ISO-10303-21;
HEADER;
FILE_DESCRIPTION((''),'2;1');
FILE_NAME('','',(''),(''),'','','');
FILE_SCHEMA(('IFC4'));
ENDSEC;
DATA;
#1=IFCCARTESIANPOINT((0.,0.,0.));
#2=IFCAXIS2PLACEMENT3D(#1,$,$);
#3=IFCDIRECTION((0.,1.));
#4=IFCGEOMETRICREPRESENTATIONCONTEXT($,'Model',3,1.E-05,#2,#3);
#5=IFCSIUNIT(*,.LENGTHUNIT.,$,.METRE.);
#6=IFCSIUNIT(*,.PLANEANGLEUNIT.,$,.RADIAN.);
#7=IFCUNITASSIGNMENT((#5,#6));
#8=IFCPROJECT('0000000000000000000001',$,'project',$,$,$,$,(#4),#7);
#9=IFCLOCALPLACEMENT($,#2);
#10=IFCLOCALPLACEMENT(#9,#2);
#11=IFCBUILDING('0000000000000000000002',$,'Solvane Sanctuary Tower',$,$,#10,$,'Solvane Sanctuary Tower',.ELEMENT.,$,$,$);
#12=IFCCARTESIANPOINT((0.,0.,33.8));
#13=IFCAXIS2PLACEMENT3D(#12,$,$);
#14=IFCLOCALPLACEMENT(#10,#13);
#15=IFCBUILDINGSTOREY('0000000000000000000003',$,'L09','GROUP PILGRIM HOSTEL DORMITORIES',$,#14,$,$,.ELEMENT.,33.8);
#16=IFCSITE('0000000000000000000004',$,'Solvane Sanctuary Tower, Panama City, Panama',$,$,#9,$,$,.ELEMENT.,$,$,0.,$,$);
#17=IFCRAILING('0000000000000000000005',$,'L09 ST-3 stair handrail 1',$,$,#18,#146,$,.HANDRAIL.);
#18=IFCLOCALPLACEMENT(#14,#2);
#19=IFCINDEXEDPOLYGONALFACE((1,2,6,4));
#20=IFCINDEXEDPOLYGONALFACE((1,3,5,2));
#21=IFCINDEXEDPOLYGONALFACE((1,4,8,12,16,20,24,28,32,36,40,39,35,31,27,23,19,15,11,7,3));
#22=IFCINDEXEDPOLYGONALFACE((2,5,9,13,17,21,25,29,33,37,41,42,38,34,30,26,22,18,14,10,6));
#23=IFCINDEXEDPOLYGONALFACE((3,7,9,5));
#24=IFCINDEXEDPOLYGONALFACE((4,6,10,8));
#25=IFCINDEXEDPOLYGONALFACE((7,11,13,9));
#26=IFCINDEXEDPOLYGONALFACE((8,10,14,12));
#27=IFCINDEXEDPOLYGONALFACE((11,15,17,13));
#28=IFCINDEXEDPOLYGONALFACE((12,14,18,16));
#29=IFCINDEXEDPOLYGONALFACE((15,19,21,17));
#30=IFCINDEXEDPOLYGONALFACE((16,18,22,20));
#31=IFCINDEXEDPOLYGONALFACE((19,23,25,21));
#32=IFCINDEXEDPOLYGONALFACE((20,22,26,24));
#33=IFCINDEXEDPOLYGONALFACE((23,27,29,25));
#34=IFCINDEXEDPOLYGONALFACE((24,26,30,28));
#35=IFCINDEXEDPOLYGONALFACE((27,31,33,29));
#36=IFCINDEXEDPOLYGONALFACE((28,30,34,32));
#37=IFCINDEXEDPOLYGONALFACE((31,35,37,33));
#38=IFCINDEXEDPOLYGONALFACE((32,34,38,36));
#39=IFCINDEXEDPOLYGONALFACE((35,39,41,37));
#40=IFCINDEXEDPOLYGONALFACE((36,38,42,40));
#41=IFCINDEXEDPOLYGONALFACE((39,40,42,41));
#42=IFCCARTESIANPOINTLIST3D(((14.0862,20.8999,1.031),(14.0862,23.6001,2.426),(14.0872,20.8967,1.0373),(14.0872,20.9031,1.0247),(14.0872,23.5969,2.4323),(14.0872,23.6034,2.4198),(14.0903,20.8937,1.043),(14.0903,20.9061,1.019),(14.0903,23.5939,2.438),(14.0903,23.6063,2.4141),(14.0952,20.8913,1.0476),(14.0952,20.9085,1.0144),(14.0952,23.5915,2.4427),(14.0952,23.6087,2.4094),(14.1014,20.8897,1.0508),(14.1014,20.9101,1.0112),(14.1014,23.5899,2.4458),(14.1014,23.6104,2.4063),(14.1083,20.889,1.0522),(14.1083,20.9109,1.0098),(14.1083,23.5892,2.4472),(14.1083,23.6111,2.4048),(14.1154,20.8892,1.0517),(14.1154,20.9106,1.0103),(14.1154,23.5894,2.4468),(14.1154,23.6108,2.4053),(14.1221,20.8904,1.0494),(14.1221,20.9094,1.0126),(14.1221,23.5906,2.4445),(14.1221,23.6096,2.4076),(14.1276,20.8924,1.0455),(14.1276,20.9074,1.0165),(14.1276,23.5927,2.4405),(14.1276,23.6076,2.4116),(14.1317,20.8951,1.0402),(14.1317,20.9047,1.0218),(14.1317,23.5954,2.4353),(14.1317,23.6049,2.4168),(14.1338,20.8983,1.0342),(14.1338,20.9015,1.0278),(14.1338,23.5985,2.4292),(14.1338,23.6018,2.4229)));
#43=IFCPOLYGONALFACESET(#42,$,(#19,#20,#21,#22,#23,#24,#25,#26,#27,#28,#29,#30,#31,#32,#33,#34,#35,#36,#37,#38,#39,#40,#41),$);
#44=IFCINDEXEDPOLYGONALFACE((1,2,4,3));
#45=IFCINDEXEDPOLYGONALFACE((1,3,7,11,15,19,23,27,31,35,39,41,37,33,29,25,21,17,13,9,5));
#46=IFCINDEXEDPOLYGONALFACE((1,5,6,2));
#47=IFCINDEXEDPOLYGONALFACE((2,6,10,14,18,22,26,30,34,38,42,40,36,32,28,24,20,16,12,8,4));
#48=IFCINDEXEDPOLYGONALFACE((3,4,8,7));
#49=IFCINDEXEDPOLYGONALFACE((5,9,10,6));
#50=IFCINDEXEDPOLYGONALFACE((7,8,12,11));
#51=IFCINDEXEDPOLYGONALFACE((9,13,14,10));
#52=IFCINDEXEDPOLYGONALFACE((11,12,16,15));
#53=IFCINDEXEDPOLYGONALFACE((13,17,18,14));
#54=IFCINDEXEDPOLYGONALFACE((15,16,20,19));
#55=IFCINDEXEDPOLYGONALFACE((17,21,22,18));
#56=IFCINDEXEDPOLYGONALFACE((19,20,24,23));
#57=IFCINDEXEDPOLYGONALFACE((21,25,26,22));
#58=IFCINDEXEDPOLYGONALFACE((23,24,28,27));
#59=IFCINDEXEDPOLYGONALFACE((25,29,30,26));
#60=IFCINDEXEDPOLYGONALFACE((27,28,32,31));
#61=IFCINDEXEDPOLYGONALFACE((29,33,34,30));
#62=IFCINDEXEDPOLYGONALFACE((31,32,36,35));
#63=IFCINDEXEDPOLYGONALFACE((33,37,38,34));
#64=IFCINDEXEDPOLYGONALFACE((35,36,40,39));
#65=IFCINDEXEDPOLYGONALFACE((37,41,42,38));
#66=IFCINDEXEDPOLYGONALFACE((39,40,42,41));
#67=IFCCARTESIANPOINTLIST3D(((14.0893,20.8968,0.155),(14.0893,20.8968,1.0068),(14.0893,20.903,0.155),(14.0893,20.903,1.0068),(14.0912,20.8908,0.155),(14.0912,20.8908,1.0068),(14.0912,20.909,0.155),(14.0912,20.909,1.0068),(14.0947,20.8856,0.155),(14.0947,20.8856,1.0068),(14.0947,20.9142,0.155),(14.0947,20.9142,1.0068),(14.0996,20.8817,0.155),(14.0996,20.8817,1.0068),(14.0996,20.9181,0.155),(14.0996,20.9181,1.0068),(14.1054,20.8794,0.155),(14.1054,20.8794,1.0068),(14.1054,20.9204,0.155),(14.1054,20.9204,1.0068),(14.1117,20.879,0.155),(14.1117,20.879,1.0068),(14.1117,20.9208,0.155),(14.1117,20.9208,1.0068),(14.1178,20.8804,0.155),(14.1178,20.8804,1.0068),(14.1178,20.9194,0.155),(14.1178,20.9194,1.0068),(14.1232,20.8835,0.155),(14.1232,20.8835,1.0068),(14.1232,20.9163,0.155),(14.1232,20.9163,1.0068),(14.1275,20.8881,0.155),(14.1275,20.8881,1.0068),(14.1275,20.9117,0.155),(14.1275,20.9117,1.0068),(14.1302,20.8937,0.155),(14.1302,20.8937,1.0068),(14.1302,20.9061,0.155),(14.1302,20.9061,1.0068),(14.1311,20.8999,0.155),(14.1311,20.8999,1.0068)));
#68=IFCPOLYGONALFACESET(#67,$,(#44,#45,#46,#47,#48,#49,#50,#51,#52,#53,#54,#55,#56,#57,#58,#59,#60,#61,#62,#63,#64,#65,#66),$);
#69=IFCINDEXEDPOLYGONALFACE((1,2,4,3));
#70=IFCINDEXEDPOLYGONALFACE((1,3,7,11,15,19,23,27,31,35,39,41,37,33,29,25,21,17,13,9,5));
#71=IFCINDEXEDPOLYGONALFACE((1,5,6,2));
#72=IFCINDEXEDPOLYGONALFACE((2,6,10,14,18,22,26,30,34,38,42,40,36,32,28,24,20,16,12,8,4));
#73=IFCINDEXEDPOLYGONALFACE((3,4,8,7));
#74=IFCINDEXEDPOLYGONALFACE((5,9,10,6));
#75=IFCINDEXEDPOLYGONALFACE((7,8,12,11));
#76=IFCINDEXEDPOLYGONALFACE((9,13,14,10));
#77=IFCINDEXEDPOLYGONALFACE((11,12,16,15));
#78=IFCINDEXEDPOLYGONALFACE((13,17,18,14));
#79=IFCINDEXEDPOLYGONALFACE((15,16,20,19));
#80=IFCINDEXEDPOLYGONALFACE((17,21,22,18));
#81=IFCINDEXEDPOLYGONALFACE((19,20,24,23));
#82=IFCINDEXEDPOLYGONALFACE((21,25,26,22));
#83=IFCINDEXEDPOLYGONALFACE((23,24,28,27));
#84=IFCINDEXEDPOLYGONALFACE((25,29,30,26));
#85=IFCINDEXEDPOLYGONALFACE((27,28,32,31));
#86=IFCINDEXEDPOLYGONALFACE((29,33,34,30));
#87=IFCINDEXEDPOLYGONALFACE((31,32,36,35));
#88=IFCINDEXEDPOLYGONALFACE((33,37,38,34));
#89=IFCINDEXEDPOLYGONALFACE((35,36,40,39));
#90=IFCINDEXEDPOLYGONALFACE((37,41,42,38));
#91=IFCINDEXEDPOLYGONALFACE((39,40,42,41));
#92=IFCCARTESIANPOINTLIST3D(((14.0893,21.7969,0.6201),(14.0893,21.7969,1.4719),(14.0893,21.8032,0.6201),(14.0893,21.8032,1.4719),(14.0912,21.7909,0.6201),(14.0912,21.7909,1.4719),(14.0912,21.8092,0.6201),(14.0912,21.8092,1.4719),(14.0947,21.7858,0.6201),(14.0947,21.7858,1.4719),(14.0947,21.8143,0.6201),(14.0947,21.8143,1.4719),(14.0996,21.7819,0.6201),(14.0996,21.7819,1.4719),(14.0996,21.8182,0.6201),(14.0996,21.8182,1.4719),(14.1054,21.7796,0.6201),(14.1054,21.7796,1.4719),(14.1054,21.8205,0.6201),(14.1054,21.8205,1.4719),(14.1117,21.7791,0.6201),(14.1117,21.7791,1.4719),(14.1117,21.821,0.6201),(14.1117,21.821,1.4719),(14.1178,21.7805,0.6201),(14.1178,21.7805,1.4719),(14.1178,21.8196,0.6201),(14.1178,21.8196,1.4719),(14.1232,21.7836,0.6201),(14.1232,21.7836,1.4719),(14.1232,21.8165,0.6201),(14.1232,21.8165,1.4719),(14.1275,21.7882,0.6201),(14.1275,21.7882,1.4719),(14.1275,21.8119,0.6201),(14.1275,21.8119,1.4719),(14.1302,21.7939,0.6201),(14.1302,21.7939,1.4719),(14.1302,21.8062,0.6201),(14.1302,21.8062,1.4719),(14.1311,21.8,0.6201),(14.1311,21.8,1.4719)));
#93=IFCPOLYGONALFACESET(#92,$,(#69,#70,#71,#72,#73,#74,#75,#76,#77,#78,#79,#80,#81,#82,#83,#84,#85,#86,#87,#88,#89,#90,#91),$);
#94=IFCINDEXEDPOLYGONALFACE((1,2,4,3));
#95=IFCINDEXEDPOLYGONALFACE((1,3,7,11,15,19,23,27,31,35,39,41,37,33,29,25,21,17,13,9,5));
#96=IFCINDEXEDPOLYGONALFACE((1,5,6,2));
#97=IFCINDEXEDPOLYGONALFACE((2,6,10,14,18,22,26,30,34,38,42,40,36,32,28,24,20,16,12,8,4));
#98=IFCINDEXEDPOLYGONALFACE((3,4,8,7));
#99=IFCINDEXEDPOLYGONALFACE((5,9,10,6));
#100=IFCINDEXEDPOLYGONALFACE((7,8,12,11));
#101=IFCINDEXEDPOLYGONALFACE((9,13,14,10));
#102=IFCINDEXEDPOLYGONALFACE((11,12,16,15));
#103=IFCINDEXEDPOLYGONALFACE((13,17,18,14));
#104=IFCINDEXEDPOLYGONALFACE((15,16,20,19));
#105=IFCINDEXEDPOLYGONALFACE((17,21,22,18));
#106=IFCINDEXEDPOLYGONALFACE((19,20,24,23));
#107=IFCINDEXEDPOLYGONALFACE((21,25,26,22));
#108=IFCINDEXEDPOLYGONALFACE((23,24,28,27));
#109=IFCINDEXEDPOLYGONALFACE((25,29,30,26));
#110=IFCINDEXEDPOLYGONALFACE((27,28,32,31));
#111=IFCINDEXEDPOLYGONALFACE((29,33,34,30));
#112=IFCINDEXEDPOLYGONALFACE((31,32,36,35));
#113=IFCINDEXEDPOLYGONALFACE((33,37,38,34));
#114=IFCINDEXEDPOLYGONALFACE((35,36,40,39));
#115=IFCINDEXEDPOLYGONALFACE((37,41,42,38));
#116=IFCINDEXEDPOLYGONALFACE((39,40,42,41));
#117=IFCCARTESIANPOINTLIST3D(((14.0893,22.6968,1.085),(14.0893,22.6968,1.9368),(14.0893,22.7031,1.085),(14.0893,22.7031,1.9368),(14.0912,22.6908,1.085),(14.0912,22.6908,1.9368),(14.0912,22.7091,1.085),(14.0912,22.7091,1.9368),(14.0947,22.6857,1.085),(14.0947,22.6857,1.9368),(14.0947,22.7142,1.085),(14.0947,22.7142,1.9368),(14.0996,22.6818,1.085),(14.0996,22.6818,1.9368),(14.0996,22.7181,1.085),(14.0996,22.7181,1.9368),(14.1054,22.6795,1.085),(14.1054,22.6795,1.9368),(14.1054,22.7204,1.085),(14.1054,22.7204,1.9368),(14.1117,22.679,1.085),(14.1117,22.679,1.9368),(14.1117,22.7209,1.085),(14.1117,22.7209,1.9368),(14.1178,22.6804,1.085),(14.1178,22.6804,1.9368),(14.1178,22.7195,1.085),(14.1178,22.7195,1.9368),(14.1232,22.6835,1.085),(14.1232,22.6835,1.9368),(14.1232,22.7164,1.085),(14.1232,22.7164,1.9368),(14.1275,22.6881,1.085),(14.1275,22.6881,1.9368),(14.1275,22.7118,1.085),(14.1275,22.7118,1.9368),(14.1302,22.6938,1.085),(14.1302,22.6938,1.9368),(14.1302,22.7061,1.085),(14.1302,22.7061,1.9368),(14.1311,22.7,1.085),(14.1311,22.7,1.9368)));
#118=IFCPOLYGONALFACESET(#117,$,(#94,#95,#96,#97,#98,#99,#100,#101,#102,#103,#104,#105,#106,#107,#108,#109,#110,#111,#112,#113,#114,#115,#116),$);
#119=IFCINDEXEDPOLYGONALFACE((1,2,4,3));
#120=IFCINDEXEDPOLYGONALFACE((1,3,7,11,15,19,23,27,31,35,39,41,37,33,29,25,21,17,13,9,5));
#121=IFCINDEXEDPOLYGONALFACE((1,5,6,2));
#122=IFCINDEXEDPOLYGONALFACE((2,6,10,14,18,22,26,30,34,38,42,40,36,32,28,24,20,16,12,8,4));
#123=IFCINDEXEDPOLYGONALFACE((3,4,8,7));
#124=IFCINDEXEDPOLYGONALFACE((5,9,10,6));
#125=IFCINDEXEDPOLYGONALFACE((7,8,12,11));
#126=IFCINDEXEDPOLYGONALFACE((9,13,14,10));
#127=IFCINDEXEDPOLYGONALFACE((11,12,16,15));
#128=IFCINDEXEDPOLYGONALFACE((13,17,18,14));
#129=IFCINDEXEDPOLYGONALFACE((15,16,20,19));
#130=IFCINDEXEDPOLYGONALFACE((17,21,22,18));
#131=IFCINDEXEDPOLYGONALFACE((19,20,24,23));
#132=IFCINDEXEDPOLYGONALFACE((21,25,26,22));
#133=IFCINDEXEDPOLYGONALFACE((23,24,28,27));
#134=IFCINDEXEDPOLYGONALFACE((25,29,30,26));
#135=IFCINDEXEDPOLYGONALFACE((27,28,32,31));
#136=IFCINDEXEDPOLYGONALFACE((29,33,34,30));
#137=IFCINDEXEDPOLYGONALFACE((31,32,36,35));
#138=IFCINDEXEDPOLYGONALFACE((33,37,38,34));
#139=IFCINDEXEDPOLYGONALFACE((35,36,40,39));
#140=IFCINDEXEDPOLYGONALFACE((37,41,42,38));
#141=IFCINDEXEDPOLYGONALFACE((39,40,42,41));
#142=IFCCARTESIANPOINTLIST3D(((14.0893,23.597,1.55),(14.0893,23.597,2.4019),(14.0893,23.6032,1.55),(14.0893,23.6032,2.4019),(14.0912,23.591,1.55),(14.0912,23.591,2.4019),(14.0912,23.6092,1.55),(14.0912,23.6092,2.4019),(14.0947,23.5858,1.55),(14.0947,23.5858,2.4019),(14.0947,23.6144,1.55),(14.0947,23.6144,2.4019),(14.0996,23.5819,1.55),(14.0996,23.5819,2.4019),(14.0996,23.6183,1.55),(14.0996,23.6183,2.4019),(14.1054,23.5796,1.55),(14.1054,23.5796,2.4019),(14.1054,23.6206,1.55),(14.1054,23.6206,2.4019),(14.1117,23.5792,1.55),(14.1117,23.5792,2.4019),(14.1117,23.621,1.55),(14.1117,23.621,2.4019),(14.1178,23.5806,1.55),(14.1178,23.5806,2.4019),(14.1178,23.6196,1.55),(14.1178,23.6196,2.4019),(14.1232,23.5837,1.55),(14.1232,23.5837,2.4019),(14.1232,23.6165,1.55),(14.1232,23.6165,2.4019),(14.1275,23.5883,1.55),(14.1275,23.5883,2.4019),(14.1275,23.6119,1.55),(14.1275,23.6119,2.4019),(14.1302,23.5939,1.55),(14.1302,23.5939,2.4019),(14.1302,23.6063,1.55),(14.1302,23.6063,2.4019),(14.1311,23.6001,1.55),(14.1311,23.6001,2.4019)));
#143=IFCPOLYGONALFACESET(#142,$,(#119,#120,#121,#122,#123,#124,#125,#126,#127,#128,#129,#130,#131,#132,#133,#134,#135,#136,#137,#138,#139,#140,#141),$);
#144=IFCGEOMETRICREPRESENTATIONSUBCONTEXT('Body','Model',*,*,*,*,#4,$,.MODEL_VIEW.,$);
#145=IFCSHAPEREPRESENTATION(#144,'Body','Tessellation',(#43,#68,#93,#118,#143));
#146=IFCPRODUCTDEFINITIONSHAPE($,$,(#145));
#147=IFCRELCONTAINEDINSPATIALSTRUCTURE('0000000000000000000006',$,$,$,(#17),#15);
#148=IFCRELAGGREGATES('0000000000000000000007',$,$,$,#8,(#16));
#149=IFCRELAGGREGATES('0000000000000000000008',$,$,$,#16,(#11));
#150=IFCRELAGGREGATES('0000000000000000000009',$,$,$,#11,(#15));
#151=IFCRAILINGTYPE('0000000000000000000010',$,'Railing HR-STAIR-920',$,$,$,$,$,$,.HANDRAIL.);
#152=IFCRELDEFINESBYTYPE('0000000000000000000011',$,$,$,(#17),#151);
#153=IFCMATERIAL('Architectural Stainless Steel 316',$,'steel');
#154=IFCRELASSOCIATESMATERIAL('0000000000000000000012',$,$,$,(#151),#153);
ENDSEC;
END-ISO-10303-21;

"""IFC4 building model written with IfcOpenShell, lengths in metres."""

from ifc_helpers import new_model, si_unit, direction, frame, origin, origin_2d, place, context, subcontext, project, spatial, circle, extrude, material, type_object, element, save


model = new_model("IFC4")

# Units and contexts
model_context = context("Model", 3, precision=1e-05, world=origin(), true_north=direction((0.0, 1.0)))
body_context = subcontext(model_context, "Body", "Model", "MODEL_VIEW")
ifc_project = project(units=[si_unit("LENGTHUNIT", "METRE"), si_unit("PLANEANGLEUNIT", "RADIAN")], contexts=[model_context])

# Site, building, storey
site_placement = place(None, origin())
site = spatial("IfcSite", under=ifc_project, at=site_placement, Name="Solvane Sanctuary Tower, Panama City, Panama", CompositionType="ELEMENT", RefElevation=0.0)
building_placement = place(site_placement, origin())
building = spatial("IfcBuilding", under=site, at=building_placement, Name="Solvane Sanctuary Tower", LongName="Solvane Sanctuary Tower", CompositionType="ELEMENT")
storey_placement = place(building_placement, frame((0.0, 0.0, 33.8)))
storey = spatial("IfcBuildingStorey", under=building, at=storey_placement, Name="L09", Description="GROUP PILGRIM HOSTEL DORMITORIES", CompositionType="ELEMENT", Elevation=33.8)

# Railing
ifc_material_1 = material(Name="Architectural Stainless Steel 316", Category="steel")
railing_type_1 = type_object("IfcRailingType", Name="Railing HR-STAIR-920", PredefinedType="HANDRAIL", material=ifc_material_1)
railing_1_placement = place(storey_placement, frame((14.1101, 20.8999, 0.155)))
element("IfcRailing", 1, at=railing_1_placement, inside=storey, type_object=railing_type_1, Name="L09 ST-3 stair handrail 1", PredefinedType="HANDRAIL", context=body_context, shape_type="SweptSolid", body=[
    extrude(circle(Radius=0.0239, at=origin_2d()), frame((0.0, 0.0, 0.876), z_axis=(0.0, 0.888437, 0.458999), x_axis=(-1.0, 0.0, 0.0)), (0.0, 0.0, 1.0), 3.0393),
    extrude(circle(Radius=0.021, at=origin_2d()), origin(), (0.0, 0.0, 1.0), 0.8518),
    extrude(circle(Radius=0.021, at=origin_2d()), frame((0.0, 0.9001, 0.4651)), (0.0, 0.0, 1.0), 0.8518),
    extrude(circle(Radius=0.021, at=origin_2d()), frame((0.0, 1.8, 0.9299)), (0.0, 0.0, 1.0), 0.8518),
    extrude(circle(Radius=0.021, at=origin_2d()), frame((0.0, 2.7002, 1.395)), (0.0, 0.0, 1.0), 0.8518),
])

save(model, "model.ifc")
